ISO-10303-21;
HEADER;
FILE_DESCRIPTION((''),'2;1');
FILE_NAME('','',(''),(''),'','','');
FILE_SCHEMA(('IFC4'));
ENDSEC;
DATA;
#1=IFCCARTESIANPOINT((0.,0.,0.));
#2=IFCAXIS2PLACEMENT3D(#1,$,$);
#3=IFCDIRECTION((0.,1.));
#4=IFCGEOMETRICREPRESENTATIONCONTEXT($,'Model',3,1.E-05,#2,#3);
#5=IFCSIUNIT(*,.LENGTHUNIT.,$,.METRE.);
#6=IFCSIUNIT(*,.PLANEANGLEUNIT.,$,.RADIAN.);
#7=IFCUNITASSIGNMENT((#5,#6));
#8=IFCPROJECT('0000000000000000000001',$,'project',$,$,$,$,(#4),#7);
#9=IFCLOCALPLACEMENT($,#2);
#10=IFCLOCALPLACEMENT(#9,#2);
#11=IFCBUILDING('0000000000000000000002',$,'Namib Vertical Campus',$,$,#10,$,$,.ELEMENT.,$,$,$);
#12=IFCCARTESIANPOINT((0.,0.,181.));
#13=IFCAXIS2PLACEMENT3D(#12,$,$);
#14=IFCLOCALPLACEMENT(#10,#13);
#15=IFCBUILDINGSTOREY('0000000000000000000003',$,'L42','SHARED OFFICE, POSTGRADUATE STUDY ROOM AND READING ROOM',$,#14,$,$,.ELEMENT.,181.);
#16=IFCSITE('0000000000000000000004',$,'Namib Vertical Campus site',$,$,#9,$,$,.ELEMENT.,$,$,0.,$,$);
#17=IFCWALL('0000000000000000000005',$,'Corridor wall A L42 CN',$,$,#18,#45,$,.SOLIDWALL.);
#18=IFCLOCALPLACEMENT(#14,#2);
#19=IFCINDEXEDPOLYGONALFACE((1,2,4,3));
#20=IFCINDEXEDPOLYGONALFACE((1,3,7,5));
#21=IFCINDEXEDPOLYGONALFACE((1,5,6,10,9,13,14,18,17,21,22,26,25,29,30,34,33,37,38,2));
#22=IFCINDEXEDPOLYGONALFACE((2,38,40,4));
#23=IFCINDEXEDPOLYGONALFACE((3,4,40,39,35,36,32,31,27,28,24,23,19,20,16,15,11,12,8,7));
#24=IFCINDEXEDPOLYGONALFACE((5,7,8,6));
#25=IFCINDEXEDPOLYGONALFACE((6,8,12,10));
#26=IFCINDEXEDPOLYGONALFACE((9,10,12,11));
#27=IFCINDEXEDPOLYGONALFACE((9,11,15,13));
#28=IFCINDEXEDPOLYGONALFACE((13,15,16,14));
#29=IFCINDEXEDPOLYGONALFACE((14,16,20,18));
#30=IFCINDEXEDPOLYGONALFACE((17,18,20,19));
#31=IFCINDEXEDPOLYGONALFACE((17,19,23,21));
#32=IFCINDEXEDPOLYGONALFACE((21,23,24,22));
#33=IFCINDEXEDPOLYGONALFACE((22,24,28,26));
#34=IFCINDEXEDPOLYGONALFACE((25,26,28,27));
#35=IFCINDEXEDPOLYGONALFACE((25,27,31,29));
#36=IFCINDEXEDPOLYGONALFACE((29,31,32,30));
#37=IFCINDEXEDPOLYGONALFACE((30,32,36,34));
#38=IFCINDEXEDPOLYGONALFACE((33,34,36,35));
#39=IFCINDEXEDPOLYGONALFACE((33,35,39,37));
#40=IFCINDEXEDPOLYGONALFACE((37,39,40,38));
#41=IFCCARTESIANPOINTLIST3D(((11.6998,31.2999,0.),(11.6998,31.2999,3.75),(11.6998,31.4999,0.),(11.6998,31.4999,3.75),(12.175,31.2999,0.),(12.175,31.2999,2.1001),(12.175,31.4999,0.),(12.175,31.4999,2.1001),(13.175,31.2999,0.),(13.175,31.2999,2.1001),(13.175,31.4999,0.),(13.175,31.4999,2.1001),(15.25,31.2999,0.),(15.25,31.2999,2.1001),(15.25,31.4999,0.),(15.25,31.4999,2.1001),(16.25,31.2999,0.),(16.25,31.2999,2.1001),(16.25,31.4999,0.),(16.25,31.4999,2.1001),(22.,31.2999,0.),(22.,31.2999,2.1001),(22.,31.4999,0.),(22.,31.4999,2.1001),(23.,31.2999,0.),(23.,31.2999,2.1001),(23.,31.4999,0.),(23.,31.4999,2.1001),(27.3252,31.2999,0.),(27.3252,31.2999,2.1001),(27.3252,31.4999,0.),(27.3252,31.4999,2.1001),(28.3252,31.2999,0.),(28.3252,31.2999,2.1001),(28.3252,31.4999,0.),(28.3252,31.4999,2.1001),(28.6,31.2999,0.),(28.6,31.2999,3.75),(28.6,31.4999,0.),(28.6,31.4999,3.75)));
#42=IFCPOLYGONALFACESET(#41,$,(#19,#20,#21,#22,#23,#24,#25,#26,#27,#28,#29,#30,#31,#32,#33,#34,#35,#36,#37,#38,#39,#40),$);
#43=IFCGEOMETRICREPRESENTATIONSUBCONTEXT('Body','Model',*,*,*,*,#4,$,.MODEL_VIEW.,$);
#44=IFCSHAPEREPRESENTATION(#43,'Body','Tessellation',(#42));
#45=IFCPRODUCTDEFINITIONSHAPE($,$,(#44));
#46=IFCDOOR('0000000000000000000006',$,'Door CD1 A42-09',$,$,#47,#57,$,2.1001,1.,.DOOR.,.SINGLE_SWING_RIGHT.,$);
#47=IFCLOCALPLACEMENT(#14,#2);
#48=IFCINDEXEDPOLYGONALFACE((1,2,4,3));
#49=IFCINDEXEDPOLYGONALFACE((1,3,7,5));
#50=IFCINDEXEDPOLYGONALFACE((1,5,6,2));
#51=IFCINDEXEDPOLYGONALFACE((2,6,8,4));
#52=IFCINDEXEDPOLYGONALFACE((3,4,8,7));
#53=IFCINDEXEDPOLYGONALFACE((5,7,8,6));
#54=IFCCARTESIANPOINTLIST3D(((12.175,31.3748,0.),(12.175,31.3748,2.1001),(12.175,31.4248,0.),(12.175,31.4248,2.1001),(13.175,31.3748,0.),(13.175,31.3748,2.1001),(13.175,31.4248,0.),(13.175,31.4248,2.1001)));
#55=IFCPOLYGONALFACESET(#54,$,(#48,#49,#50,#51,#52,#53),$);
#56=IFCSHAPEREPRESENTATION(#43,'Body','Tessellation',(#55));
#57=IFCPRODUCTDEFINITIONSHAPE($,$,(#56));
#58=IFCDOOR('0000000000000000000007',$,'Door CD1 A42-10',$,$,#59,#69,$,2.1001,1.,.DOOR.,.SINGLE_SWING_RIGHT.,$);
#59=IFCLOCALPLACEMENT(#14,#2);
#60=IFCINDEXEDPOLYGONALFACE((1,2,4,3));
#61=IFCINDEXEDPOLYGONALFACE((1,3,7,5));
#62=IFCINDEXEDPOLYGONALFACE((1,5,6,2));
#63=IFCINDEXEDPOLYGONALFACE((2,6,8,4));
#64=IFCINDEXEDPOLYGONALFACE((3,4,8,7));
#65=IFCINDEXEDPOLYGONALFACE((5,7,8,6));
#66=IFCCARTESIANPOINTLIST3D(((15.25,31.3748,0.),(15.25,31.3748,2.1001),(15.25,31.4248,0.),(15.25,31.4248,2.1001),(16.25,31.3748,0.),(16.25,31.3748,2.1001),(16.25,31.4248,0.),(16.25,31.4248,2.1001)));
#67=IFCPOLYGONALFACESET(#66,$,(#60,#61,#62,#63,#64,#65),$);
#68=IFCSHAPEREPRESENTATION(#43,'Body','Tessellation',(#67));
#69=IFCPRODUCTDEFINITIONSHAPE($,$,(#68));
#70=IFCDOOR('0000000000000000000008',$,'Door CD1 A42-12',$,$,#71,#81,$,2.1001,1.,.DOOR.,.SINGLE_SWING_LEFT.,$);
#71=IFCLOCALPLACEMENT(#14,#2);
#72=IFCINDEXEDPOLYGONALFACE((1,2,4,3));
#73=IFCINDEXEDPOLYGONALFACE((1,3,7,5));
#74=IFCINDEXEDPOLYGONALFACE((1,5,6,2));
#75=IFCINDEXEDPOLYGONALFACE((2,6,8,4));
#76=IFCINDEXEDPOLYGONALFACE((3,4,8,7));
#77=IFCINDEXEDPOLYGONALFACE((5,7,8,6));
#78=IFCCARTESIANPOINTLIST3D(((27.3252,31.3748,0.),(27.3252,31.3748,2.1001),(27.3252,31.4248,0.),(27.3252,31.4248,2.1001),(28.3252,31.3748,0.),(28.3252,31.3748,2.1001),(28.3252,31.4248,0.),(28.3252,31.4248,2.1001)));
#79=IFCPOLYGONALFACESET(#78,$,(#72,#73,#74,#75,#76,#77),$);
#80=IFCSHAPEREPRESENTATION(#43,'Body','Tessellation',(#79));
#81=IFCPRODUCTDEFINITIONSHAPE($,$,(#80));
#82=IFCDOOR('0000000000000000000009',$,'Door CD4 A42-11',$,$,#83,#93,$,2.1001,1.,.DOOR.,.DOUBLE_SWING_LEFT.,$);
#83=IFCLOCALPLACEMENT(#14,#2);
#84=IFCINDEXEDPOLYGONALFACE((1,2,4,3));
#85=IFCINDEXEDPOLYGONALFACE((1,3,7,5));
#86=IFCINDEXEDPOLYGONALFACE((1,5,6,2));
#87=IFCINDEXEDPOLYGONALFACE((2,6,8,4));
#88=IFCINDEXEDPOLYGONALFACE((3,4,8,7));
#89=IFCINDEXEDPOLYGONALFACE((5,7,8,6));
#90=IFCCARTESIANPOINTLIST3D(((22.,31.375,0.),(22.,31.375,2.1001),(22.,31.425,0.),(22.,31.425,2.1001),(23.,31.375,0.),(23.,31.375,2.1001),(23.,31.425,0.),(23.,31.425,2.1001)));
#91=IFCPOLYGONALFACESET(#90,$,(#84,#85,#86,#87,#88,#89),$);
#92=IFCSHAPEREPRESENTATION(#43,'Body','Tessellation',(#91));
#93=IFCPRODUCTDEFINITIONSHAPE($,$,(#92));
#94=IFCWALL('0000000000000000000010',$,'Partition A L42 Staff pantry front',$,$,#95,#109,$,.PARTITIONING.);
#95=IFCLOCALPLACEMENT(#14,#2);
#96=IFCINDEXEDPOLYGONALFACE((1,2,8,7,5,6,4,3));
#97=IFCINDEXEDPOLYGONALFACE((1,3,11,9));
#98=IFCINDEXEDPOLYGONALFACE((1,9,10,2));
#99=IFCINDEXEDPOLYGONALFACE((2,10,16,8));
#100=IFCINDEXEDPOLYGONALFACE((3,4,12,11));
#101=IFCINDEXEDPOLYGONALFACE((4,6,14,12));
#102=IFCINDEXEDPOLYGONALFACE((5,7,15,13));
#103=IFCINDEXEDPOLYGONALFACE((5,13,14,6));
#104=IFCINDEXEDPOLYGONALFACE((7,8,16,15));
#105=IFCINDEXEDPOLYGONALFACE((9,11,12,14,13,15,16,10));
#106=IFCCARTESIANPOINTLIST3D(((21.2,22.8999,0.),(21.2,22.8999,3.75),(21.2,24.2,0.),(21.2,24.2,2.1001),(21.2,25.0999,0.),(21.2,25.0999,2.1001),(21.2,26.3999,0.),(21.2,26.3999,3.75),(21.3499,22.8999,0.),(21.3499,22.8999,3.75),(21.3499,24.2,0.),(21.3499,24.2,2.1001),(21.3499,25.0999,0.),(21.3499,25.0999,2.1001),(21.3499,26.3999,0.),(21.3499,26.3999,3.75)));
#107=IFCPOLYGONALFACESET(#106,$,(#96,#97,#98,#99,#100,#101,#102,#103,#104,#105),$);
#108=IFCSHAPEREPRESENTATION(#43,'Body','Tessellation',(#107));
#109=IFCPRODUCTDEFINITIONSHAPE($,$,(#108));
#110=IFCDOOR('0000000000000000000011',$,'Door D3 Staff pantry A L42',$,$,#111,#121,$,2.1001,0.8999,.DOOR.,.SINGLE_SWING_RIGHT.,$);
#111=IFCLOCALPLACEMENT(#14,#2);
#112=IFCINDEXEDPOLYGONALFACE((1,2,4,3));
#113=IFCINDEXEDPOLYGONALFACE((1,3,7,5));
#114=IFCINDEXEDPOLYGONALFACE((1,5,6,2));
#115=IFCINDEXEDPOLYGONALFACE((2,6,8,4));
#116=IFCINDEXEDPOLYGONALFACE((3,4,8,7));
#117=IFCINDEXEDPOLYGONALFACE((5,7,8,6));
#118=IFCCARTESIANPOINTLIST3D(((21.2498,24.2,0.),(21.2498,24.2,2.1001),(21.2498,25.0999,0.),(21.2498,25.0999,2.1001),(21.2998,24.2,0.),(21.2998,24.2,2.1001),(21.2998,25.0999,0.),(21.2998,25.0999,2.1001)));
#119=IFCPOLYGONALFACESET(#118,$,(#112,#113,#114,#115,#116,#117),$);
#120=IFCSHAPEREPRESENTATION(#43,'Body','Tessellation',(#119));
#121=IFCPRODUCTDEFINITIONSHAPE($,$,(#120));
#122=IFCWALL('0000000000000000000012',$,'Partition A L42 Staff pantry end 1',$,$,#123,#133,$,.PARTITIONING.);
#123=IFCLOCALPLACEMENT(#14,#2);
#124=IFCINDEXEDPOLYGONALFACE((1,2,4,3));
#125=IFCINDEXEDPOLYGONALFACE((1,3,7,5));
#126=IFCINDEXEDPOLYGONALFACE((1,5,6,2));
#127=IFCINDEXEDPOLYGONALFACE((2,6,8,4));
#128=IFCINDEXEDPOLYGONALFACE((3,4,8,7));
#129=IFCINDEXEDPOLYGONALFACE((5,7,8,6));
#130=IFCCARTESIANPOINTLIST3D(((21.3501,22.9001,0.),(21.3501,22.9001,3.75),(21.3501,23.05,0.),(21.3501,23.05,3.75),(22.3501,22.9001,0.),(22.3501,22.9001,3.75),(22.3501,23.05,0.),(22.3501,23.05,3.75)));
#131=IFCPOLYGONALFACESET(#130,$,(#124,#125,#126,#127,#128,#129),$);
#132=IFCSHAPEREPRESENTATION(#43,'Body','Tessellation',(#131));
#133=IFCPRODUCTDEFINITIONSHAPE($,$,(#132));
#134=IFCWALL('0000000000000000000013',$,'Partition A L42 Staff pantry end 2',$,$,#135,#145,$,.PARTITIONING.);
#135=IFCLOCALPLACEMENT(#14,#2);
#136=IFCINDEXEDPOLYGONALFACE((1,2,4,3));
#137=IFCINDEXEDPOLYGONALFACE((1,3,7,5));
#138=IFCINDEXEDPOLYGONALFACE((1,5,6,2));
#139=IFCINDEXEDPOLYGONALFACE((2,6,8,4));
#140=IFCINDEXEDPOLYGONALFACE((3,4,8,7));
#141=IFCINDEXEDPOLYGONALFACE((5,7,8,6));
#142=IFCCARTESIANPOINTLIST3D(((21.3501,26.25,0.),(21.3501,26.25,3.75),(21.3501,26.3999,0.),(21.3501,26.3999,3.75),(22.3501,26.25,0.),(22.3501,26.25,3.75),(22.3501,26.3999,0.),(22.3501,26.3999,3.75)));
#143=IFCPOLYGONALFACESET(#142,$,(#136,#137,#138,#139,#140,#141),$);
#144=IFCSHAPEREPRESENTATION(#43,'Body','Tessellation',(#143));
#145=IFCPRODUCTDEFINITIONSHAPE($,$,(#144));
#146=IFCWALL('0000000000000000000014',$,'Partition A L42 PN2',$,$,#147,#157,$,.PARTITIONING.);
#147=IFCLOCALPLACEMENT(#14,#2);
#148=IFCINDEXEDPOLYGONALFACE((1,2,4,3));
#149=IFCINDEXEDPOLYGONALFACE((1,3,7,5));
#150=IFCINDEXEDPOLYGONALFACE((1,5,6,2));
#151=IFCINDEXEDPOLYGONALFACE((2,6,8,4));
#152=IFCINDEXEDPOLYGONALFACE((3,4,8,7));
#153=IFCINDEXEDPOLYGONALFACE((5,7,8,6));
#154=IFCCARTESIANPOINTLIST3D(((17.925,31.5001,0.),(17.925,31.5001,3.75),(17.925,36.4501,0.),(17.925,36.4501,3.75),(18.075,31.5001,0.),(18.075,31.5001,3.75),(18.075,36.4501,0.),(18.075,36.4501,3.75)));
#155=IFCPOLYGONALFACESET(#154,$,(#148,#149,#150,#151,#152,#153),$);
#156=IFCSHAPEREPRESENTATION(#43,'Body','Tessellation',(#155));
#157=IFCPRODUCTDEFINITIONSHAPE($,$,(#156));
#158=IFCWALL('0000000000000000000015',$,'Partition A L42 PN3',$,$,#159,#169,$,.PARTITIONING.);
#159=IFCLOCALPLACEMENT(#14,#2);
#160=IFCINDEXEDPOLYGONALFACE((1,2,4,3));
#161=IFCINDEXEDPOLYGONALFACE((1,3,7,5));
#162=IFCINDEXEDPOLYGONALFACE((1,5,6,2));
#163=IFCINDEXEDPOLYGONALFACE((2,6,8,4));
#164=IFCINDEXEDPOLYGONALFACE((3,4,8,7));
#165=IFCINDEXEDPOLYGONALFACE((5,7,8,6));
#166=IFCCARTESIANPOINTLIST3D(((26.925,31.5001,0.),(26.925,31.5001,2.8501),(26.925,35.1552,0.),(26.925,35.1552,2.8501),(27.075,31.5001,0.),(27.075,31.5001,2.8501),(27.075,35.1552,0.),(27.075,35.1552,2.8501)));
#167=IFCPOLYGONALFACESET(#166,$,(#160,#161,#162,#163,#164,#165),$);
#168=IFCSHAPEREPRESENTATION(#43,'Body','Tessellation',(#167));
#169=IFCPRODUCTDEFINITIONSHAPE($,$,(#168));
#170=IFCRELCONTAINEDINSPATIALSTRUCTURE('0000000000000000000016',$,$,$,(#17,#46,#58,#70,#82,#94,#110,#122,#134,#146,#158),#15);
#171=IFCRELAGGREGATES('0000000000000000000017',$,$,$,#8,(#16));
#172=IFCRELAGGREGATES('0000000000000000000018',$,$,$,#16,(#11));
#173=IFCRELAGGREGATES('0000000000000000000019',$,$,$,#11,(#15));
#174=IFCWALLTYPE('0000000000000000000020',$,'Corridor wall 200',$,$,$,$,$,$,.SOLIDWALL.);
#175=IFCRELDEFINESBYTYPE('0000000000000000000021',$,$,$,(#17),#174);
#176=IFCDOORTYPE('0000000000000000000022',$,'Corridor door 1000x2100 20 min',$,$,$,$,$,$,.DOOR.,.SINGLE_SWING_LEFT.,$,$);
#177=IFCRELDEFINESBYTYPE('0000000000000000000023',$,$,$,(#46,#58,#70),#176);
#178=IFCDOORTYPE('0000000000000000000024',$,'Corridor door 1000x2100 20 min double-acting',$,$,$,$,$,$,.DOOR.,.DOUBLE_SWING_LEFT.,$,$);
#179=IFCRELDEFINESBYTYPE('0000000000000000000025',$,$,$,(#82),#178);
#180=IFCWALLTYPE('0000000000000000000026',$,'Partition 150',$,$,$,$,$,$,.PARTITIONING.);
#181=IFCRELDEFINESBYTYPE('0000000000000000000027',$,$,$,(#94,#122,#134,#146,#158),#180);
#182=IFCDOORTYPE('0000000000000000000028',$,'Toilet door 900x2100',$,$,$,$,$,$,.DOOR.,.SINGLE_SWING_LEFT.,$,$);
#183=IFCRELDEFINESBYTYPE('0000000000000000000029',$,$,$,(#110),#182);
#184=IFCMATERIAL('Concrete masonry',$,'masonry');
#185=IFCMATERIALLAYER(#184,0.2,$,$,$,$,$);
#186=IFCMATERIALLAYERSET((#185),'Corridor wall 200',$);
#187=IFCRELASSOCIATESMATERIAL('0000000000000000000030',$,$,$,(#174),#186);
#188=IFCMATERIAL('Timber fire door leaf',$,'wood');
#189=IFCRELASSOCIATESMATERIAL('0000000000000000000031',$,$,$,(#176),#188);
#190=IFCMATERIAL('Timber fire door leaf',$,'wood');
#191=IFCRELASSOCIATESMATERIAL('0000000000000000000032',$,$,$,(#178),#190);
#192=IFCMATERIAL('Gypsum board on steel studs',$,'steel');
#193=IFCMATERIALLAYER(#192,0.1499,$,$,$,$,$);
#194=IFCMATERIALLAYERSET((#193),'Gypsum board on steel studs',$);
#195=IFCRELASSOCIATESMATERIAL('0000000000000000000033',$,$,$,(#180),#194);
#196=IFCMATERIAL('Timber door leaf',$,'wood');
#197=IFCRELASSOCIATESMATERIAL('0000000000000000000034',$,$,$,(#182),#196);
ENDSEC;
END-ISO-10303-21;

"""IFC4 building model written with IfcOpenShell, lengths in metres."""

from ifc_helpers import new_model, si_unit, direction, frame, frame_2d, origin, place, context, subcontext, project, spatial, rectangle, extrude, material, layer, layer_set, type_object, element, fill, save


model = new_model("IFC4")

# Units and contexts
model_context = context("Model", 3, precision=1e-05, world=origin(), true_north=direction((0.0, 1.0)))
body_context = subcontext(model_context, "Body", "Model", "MODEL_VIEW")
ifc_project = project(units=[si_unit("LENGTHUNIT", "METRE"), si_unit("PLANEANGLEUNIT", "RADIAN")], contexts=[model_context])

# Site, building, storey
site_placement = place(None, origin())
site = spatial("IfcSite", under=ifc_project, at=site_placement, Name="Namib Vertical Campus site", CompositionType="ELEMENT", RefElevation=0.0)
building_placement = place(site_placement, origin())
building = spatial("IfcBuilding", under=site, at=building_placement, Name="Namib Vertical Campus", CompositionType="ELEMENT")
storey_placement = place(building_placement, frame((0.0, 0.0, 181.0)))
storey = spatial("IfcBuildingStorey", under=building, at=storey_placement, Name="L42", Description="SHARED OFFICE, POSTGRADUATE STUDY ROOM AND READING ROOM", CompositionType="ELEMENT", Elevation=181.0)

# Wall, openings, doors
ifc_material_1 = material(Name="Concrete masonry", Category="masonry")
ifc_layer_1 = layer(ifc_material_1, 0.2)
ifc_layer_set_1 = layer_set([ifc_layer_1], Name="Corridor wall 200")
wall_type_1 = type_object("IfcWallType", Name="Corridor wall 200", PredefinedType="SOLIDWALL", material=ifc_layer_set_1)
wall_1_placement = place(storey_placement, frame((28.6001, 31.3999, 0.0), z_axis=(0.0, 0.0, 1.0), x_axis=(-1.0, 0.0, 0.0)))
wall_1 = element("IfcWall", 1, at=wall_1_placement, inside=storey, type_object=wall_type_1, Name="Corridor wall A L42 CN", PredefinedType="SOLIDWALL", context=body_context, shape_type="SweptSolid", body=[
    extrude(rectangle(XDim=16.9001, YDim=0.2, at=frame_2d((8.4502, 0.0))), origin(), (0.0, 0.0, 1.0), 3.75),
])
opening_1_placement = place(wall_1_placement, frame((15.425, 0.0, 0.0)))
opening_1 = element("IfcOpeningElement", 2, at=opening_1_placement, cuts=wall_1, PredefinedType="OPENING", context=body_context, shape_type="SweptSolid", body=[
    extrude(rectangle(XDim=1.0, YDim=2.1001, at=frame_2d((0.5, 1.05))), frame((0.0, 0.1099, 0.0), z_axis=(0.0, -1.0, 0.0), x_axis=(1.0, 0.0, 0.0)), (0.0, 0.0, 1.0), 0.22),
])
opening_2_placement = place(wall_1_placement, frame((12.3501, 0.0, 0.0)))
opening_2 = element("IfcOpeningElement", 3, at=opening_2_placement, cuts=wall_1, PredefinedType="OPENING", context=body_context, shape_type="SweptSolid", body=[
    extrude(rectangle(XDim=1.0, YDim=2.1001, at=frame_2d((0.5, 1.05))), frame((0.0, 0.1099, 0.0), z_axis=(0.0, -1.0, 0.0), x_axis=(1.0, 0.0, 0.0)), (0.0, 0.0, 1.0), 0.22),
])
opening_3_placement = place(wall_1_placement, frame((5.6001, 0.0, 0.0)))
opening_3 = element("IfcOpeningElement", 4, at=opening_3_placement, cuts=wall_1, PredefinedType="OPENING", context=body_context, shape_type="SweptSolid", body=[
    extrude(rectangle(XDim=1.0, YDim=2.1001, at=frame_2d((0.5, 1.05))), frame((0.0, 0.1099, 0.0), z_axis=(0.0, -1.0, 0.0), x_axis=(1.0, 0.0, 0.0)), (0.0, 0.0, 1.0), 0.22),
])
opening_4_placement = place(wall_1_placement, frame((0.2749, 0.0, 0.0)))
opening_4 = element("IfcOpeningElement", 5, at=opening_4_placement, cuts=wall_1, PredefinedType="OPENING", context=body_context, shape_type="SweptSolid", body=[
    extrude(rectangle(XDim=1.0, YDim=2.1001, at=frame_2d((0.5, 1.05))), frame((0.0, 0.1099, 0.0), z_axis=(0.0, -1.0, 0.0), x_axis=(1.0, 0.0, 0.0)), (0.0, 0.0, 1.0), 0.22),
])
ifc_material_2 = material(Name="Timber fire door leaf", Category="wood")
door_type_1 = type_object("IfcDoorType", Name="Corridor door 1000x2100 20 min", OperationType="SINGLE_SWING_LEFT", PredefinedType="DOOR", material=ifc_material_2)
door_1_placement = place(opening_1_placement, frame((1.0, 0.0, 0.0), z_axis=(0.0, 0.0, 1.0), x_axis=(-1.0, 0.0, 0.0)))
door_1 = element("IfcDoor", 6, at=door_1_placement, inside=storey, type_object=door_type_1, Name="Door CD1 A42-09", OperationType="SINGLE_SWING_RIGHT", OverallHeight=2.1001, OverallWidth=1.0, PredefinedType="DOOR", context=body_context, shape_type="SweptSolid", body=[
    extrude(rectangle(XDim=1.0, YDim=2.1001, at=frame_2d((0.5, 1.05))), frame((0.0, 0.0249, 0.0), z_axis=(0.0, -1.0, 0.0), x_axis=(1.0, 0.0, 0.0)), (0.0, 0.0, 1.0), 0.05),
])
fill(opening_1, door_1)
door_2_placement = place(opening_2_placement, frame((1.0, 0.0, 0.0), z_axis=(0.0, 0.0, 1.0), x_axis=(-1.0, 0.0, 0.0)))
door_2 = element("IfcDoor", 7, at=door_2_placement, inside=storey, type_object=door_type_1, Name="Door CD1 A42-10", OperationType="SINGLE_SWING_RIGHT", OverallHeight=2.1001, OverallWidth=1.0, PredefinedType="DOOR", context=body_context, shape_type="SweptSolid", body=[
    extrude(rectangle(XDim=1.0, YDim=2.1001, at=frame_2d((0.5, 1.05))), frame((0.0, 0.0249, 0.0), z_axis=(0.0, -1.0, 0.0), x_axis=(1.0, 0.0, 0.0)), (0.0, 0.0, 1.0), 0.05),
])
fill(opening_2, door_2)
door_3_placement = place(opening_4_placement, frame((1.0, 0.0, 0.0), z_axis=(0.0, 0.0, 1.0), x_axis=(-1.0, 0.0, 0.0)))
door_3 = element("IfcDoor", 8, at=door_3_placement, inside=storey, type_object=door_type_1, Name="Door CD1 A42-12", OperationType="SINGLE_SWING_LEFT", OverallHeight=2.1001, OverallWidth=1.0, PredefinedType="DOOR", context=body_context, shape_type="SweptSolid", body=[
    extrude(rectangle(XDim=1.0, YDim=2.1001, at=frame_2d((0.5, 1.05))), frame((0.0, 0.0249, 0.0), z_axis=(0.0, -1.0, 0.0), x_axis=(1.0, 0.0, 0.0)), (0.0, 0.0, 1.0), 0.05),
])
fill(opening_4, door_3)
ifc_material_3 = material(Name="Timber fire door leaf", Category="wood")
door_type_2 = type_object("IfcDoorType", Name="Corridor door 1000x2100 20 min double-acting", OperationType="DOUBLE_SWING_LEFT", PredefinedType="DOOR", material=ifc_material_3)
door_4_placement = place(opening_3_placement, origin())
door_4 = element("IfcDoor", 9, at=door_4_placement, inside=storey, type_object=door_type_2, Name="Door CD4 A42-11", OperationType="DOUBLE_SWING_LEFT", OverallHeight=2.1001, OverallWidth=1.0, PredefinedType="DOOR", context=body_context, shape_type="SweptSolid", body=[
    extrude(rectangle(XDim=1.0, YDim=2.1001, at=frame_2d((0.5, 1.05))), frame((0.0, 0.0249, 0.0), z_axis=(0.0, -1.0, 0.0), x_axis=(1.0, 0.0, 0.0)), (0.0, 0.0, 1.0), 0.05),
])
fill(opening_3, door_4)

# Wall, opening, door
ifc_material_4 = material(Name="Gypsum board on steel studs", Category="steel")
ifc_layer_2 = layer(ifc_material_4, 0.1499)
ifc_layer_set_2 = layer_set([ifc_layer_2], Name="Gypsum board on steel studs")
wall_type_2 = type_object("IfcWallType", Name="Partition 150", PredefinedType="PARTITIONING", material=ifc_layer_set_2)
wall_2_placement = place(storey_placement, frame((21.2749, 22.8999, 0.0), z_axis=(0.0, 0.0, 1.0), x_axis=(0.0, 1.0, 0.0)))
wall_2 = element("IfcWall", 10, at=wall_2_placement, inside=storey, type_object=wall_type_2, Name="Partition A L42 Staff pantry front", PredefinedType="PARTITIONING", context=body_context, shape_type="SweptSolid", body=[
    extrude(rectangle(XDim=3.5, YDim=0.1499, at=frame_2d((1.75, 0.0))), origin(), (0.0, 0.0, 1.0), 3.75),
])
opening_5_placement = place(wall_2_placement, frame((1.3, 0.0, 0.0)))
opening_5 = element("IfcOpeningElement", 11, at=opening_5_placement, cuts=wall_2, PredefinedType="OPENING", context=body_context, shape_type="SweptSolid", body=[
    extrude(rectangle(XDim=0.8999, YDim=2.1001, at=frame_2d((0.45, 1.05))), frame((0.0, 0.085, 0.0), z_axis=(0.0, -1.0, 0.0), x_axis=(1.0, 0.0, 0.0)), (0.0, 0.0, 1.0), 0.1699),
])
ifc_material_5 = material(Name="Timber door leaf", Category="wood")
door_type_3 = type_object("IfcDoorType", Name="Toilet door 900x2100", OperationType="SINGLE_SWING_LEFT", PredefinedType="DOOR", material=ifc_material_5)
door_5_placement = place(opening_5_placement, frame((0.8999, 0.0, 0.0), z_axis=(0.0, 0.0, 1.0), x_axis=(-1.0, 0.0, 0.0)))
door_5 = element("IfcDoor", 12, at=door_5_placement, inside=storey, type_object=door_type_3, Name="Door D3 Staff pantry A L42", OperationType="SINGLE_SWING_RIGHT", OverallHeight=2.1001, OverallWidth=0.8999, PredefinedType="DOOR", context=body_context, shape_type="SweptSolid", body=[
    extrude(rectangle(XDim=0.8999, YDim=2.1001, at=frame_2d((0.45, 1.05))), frame((0.0, 0.0249, 0.0), z_axis=(0.0, -1.0, 0.0), x_axis=(1.0, 0.0, 0.0)), (0.0, 0.0, 1.0), 0.05),
])
fill(opening_5, door_5)

# Walls
for number, where, z_axis, x_axis, name in (
    (13, (21.3501, 22.9751, 0.0), (0.0, 0.0, 1.0), (1.0, 0.0, 0.0), "Partition A L42 Staff pantry end 1"),
    (14, (21.3501, 26.325, 0.0), (0.0, 0.0, 1.0), (1.0, 0.0, 0.0), "Partition A L42 Staff pantry end 2"),
):
    element("IfcWall", number, at=place(storey_placement, frame(where, z_axis=z_axis, x_axis=x_axis)), inside=storey, type_object=wall_type_2, Name=name, PredefinedType="PARTITIONING", context=body_context, shape_type="SweptSolid", body=[
        extrude(rectangle(XDim=1.0, YDim=0.1499, at=frame_2d((0.5, 0.0))), origin(), (0.0, 0.0, 1.0), 3.75),
    ])
wall_3_placement = place(storey_placement, frame((18.0, 31.5, 0.0), z_axis=(0.0, 0.0, 1.0), x_axis=(0.0, 1.0, 0.0)))
element("IfcWall", 15, at=wall_3_placement, inside=storey, type_object=wall_type_2, Name="Partition A L42 PN2", PredefinedType="PARTITIONING", context=body_context, shape_type="SweptSolid", body=[
    extrude(rectangle(XDim=4.95, YDim=0.1499, at=frame_2d((2.4751, 0.0))), origin(), (0.0, 0.0, 1.0), 3.75),
])
wall_4_placement = place(storey_placement, frame((27.0, 31.5, 0.0), z_axis=(0.0, 0.0, 1.0), x_axis=(0.0, 1.0, 0.0)))
element("IfcWall", 16, at=wall_4_placement, inside=storey, type_object=wall_type_2, Name="Partition A L42 PN3", PredefinedType="PARTITIONING", context=body_context, shape_type="SweptSolid", body=[
    extrude(rectangle(XDim=3.655, YDim=0.1499, at=frame_2d((1.8276, 0.0))), origin(), (0.0, 0.0, 1.0), 2.8501),
])

save(model, "model.ifc")
